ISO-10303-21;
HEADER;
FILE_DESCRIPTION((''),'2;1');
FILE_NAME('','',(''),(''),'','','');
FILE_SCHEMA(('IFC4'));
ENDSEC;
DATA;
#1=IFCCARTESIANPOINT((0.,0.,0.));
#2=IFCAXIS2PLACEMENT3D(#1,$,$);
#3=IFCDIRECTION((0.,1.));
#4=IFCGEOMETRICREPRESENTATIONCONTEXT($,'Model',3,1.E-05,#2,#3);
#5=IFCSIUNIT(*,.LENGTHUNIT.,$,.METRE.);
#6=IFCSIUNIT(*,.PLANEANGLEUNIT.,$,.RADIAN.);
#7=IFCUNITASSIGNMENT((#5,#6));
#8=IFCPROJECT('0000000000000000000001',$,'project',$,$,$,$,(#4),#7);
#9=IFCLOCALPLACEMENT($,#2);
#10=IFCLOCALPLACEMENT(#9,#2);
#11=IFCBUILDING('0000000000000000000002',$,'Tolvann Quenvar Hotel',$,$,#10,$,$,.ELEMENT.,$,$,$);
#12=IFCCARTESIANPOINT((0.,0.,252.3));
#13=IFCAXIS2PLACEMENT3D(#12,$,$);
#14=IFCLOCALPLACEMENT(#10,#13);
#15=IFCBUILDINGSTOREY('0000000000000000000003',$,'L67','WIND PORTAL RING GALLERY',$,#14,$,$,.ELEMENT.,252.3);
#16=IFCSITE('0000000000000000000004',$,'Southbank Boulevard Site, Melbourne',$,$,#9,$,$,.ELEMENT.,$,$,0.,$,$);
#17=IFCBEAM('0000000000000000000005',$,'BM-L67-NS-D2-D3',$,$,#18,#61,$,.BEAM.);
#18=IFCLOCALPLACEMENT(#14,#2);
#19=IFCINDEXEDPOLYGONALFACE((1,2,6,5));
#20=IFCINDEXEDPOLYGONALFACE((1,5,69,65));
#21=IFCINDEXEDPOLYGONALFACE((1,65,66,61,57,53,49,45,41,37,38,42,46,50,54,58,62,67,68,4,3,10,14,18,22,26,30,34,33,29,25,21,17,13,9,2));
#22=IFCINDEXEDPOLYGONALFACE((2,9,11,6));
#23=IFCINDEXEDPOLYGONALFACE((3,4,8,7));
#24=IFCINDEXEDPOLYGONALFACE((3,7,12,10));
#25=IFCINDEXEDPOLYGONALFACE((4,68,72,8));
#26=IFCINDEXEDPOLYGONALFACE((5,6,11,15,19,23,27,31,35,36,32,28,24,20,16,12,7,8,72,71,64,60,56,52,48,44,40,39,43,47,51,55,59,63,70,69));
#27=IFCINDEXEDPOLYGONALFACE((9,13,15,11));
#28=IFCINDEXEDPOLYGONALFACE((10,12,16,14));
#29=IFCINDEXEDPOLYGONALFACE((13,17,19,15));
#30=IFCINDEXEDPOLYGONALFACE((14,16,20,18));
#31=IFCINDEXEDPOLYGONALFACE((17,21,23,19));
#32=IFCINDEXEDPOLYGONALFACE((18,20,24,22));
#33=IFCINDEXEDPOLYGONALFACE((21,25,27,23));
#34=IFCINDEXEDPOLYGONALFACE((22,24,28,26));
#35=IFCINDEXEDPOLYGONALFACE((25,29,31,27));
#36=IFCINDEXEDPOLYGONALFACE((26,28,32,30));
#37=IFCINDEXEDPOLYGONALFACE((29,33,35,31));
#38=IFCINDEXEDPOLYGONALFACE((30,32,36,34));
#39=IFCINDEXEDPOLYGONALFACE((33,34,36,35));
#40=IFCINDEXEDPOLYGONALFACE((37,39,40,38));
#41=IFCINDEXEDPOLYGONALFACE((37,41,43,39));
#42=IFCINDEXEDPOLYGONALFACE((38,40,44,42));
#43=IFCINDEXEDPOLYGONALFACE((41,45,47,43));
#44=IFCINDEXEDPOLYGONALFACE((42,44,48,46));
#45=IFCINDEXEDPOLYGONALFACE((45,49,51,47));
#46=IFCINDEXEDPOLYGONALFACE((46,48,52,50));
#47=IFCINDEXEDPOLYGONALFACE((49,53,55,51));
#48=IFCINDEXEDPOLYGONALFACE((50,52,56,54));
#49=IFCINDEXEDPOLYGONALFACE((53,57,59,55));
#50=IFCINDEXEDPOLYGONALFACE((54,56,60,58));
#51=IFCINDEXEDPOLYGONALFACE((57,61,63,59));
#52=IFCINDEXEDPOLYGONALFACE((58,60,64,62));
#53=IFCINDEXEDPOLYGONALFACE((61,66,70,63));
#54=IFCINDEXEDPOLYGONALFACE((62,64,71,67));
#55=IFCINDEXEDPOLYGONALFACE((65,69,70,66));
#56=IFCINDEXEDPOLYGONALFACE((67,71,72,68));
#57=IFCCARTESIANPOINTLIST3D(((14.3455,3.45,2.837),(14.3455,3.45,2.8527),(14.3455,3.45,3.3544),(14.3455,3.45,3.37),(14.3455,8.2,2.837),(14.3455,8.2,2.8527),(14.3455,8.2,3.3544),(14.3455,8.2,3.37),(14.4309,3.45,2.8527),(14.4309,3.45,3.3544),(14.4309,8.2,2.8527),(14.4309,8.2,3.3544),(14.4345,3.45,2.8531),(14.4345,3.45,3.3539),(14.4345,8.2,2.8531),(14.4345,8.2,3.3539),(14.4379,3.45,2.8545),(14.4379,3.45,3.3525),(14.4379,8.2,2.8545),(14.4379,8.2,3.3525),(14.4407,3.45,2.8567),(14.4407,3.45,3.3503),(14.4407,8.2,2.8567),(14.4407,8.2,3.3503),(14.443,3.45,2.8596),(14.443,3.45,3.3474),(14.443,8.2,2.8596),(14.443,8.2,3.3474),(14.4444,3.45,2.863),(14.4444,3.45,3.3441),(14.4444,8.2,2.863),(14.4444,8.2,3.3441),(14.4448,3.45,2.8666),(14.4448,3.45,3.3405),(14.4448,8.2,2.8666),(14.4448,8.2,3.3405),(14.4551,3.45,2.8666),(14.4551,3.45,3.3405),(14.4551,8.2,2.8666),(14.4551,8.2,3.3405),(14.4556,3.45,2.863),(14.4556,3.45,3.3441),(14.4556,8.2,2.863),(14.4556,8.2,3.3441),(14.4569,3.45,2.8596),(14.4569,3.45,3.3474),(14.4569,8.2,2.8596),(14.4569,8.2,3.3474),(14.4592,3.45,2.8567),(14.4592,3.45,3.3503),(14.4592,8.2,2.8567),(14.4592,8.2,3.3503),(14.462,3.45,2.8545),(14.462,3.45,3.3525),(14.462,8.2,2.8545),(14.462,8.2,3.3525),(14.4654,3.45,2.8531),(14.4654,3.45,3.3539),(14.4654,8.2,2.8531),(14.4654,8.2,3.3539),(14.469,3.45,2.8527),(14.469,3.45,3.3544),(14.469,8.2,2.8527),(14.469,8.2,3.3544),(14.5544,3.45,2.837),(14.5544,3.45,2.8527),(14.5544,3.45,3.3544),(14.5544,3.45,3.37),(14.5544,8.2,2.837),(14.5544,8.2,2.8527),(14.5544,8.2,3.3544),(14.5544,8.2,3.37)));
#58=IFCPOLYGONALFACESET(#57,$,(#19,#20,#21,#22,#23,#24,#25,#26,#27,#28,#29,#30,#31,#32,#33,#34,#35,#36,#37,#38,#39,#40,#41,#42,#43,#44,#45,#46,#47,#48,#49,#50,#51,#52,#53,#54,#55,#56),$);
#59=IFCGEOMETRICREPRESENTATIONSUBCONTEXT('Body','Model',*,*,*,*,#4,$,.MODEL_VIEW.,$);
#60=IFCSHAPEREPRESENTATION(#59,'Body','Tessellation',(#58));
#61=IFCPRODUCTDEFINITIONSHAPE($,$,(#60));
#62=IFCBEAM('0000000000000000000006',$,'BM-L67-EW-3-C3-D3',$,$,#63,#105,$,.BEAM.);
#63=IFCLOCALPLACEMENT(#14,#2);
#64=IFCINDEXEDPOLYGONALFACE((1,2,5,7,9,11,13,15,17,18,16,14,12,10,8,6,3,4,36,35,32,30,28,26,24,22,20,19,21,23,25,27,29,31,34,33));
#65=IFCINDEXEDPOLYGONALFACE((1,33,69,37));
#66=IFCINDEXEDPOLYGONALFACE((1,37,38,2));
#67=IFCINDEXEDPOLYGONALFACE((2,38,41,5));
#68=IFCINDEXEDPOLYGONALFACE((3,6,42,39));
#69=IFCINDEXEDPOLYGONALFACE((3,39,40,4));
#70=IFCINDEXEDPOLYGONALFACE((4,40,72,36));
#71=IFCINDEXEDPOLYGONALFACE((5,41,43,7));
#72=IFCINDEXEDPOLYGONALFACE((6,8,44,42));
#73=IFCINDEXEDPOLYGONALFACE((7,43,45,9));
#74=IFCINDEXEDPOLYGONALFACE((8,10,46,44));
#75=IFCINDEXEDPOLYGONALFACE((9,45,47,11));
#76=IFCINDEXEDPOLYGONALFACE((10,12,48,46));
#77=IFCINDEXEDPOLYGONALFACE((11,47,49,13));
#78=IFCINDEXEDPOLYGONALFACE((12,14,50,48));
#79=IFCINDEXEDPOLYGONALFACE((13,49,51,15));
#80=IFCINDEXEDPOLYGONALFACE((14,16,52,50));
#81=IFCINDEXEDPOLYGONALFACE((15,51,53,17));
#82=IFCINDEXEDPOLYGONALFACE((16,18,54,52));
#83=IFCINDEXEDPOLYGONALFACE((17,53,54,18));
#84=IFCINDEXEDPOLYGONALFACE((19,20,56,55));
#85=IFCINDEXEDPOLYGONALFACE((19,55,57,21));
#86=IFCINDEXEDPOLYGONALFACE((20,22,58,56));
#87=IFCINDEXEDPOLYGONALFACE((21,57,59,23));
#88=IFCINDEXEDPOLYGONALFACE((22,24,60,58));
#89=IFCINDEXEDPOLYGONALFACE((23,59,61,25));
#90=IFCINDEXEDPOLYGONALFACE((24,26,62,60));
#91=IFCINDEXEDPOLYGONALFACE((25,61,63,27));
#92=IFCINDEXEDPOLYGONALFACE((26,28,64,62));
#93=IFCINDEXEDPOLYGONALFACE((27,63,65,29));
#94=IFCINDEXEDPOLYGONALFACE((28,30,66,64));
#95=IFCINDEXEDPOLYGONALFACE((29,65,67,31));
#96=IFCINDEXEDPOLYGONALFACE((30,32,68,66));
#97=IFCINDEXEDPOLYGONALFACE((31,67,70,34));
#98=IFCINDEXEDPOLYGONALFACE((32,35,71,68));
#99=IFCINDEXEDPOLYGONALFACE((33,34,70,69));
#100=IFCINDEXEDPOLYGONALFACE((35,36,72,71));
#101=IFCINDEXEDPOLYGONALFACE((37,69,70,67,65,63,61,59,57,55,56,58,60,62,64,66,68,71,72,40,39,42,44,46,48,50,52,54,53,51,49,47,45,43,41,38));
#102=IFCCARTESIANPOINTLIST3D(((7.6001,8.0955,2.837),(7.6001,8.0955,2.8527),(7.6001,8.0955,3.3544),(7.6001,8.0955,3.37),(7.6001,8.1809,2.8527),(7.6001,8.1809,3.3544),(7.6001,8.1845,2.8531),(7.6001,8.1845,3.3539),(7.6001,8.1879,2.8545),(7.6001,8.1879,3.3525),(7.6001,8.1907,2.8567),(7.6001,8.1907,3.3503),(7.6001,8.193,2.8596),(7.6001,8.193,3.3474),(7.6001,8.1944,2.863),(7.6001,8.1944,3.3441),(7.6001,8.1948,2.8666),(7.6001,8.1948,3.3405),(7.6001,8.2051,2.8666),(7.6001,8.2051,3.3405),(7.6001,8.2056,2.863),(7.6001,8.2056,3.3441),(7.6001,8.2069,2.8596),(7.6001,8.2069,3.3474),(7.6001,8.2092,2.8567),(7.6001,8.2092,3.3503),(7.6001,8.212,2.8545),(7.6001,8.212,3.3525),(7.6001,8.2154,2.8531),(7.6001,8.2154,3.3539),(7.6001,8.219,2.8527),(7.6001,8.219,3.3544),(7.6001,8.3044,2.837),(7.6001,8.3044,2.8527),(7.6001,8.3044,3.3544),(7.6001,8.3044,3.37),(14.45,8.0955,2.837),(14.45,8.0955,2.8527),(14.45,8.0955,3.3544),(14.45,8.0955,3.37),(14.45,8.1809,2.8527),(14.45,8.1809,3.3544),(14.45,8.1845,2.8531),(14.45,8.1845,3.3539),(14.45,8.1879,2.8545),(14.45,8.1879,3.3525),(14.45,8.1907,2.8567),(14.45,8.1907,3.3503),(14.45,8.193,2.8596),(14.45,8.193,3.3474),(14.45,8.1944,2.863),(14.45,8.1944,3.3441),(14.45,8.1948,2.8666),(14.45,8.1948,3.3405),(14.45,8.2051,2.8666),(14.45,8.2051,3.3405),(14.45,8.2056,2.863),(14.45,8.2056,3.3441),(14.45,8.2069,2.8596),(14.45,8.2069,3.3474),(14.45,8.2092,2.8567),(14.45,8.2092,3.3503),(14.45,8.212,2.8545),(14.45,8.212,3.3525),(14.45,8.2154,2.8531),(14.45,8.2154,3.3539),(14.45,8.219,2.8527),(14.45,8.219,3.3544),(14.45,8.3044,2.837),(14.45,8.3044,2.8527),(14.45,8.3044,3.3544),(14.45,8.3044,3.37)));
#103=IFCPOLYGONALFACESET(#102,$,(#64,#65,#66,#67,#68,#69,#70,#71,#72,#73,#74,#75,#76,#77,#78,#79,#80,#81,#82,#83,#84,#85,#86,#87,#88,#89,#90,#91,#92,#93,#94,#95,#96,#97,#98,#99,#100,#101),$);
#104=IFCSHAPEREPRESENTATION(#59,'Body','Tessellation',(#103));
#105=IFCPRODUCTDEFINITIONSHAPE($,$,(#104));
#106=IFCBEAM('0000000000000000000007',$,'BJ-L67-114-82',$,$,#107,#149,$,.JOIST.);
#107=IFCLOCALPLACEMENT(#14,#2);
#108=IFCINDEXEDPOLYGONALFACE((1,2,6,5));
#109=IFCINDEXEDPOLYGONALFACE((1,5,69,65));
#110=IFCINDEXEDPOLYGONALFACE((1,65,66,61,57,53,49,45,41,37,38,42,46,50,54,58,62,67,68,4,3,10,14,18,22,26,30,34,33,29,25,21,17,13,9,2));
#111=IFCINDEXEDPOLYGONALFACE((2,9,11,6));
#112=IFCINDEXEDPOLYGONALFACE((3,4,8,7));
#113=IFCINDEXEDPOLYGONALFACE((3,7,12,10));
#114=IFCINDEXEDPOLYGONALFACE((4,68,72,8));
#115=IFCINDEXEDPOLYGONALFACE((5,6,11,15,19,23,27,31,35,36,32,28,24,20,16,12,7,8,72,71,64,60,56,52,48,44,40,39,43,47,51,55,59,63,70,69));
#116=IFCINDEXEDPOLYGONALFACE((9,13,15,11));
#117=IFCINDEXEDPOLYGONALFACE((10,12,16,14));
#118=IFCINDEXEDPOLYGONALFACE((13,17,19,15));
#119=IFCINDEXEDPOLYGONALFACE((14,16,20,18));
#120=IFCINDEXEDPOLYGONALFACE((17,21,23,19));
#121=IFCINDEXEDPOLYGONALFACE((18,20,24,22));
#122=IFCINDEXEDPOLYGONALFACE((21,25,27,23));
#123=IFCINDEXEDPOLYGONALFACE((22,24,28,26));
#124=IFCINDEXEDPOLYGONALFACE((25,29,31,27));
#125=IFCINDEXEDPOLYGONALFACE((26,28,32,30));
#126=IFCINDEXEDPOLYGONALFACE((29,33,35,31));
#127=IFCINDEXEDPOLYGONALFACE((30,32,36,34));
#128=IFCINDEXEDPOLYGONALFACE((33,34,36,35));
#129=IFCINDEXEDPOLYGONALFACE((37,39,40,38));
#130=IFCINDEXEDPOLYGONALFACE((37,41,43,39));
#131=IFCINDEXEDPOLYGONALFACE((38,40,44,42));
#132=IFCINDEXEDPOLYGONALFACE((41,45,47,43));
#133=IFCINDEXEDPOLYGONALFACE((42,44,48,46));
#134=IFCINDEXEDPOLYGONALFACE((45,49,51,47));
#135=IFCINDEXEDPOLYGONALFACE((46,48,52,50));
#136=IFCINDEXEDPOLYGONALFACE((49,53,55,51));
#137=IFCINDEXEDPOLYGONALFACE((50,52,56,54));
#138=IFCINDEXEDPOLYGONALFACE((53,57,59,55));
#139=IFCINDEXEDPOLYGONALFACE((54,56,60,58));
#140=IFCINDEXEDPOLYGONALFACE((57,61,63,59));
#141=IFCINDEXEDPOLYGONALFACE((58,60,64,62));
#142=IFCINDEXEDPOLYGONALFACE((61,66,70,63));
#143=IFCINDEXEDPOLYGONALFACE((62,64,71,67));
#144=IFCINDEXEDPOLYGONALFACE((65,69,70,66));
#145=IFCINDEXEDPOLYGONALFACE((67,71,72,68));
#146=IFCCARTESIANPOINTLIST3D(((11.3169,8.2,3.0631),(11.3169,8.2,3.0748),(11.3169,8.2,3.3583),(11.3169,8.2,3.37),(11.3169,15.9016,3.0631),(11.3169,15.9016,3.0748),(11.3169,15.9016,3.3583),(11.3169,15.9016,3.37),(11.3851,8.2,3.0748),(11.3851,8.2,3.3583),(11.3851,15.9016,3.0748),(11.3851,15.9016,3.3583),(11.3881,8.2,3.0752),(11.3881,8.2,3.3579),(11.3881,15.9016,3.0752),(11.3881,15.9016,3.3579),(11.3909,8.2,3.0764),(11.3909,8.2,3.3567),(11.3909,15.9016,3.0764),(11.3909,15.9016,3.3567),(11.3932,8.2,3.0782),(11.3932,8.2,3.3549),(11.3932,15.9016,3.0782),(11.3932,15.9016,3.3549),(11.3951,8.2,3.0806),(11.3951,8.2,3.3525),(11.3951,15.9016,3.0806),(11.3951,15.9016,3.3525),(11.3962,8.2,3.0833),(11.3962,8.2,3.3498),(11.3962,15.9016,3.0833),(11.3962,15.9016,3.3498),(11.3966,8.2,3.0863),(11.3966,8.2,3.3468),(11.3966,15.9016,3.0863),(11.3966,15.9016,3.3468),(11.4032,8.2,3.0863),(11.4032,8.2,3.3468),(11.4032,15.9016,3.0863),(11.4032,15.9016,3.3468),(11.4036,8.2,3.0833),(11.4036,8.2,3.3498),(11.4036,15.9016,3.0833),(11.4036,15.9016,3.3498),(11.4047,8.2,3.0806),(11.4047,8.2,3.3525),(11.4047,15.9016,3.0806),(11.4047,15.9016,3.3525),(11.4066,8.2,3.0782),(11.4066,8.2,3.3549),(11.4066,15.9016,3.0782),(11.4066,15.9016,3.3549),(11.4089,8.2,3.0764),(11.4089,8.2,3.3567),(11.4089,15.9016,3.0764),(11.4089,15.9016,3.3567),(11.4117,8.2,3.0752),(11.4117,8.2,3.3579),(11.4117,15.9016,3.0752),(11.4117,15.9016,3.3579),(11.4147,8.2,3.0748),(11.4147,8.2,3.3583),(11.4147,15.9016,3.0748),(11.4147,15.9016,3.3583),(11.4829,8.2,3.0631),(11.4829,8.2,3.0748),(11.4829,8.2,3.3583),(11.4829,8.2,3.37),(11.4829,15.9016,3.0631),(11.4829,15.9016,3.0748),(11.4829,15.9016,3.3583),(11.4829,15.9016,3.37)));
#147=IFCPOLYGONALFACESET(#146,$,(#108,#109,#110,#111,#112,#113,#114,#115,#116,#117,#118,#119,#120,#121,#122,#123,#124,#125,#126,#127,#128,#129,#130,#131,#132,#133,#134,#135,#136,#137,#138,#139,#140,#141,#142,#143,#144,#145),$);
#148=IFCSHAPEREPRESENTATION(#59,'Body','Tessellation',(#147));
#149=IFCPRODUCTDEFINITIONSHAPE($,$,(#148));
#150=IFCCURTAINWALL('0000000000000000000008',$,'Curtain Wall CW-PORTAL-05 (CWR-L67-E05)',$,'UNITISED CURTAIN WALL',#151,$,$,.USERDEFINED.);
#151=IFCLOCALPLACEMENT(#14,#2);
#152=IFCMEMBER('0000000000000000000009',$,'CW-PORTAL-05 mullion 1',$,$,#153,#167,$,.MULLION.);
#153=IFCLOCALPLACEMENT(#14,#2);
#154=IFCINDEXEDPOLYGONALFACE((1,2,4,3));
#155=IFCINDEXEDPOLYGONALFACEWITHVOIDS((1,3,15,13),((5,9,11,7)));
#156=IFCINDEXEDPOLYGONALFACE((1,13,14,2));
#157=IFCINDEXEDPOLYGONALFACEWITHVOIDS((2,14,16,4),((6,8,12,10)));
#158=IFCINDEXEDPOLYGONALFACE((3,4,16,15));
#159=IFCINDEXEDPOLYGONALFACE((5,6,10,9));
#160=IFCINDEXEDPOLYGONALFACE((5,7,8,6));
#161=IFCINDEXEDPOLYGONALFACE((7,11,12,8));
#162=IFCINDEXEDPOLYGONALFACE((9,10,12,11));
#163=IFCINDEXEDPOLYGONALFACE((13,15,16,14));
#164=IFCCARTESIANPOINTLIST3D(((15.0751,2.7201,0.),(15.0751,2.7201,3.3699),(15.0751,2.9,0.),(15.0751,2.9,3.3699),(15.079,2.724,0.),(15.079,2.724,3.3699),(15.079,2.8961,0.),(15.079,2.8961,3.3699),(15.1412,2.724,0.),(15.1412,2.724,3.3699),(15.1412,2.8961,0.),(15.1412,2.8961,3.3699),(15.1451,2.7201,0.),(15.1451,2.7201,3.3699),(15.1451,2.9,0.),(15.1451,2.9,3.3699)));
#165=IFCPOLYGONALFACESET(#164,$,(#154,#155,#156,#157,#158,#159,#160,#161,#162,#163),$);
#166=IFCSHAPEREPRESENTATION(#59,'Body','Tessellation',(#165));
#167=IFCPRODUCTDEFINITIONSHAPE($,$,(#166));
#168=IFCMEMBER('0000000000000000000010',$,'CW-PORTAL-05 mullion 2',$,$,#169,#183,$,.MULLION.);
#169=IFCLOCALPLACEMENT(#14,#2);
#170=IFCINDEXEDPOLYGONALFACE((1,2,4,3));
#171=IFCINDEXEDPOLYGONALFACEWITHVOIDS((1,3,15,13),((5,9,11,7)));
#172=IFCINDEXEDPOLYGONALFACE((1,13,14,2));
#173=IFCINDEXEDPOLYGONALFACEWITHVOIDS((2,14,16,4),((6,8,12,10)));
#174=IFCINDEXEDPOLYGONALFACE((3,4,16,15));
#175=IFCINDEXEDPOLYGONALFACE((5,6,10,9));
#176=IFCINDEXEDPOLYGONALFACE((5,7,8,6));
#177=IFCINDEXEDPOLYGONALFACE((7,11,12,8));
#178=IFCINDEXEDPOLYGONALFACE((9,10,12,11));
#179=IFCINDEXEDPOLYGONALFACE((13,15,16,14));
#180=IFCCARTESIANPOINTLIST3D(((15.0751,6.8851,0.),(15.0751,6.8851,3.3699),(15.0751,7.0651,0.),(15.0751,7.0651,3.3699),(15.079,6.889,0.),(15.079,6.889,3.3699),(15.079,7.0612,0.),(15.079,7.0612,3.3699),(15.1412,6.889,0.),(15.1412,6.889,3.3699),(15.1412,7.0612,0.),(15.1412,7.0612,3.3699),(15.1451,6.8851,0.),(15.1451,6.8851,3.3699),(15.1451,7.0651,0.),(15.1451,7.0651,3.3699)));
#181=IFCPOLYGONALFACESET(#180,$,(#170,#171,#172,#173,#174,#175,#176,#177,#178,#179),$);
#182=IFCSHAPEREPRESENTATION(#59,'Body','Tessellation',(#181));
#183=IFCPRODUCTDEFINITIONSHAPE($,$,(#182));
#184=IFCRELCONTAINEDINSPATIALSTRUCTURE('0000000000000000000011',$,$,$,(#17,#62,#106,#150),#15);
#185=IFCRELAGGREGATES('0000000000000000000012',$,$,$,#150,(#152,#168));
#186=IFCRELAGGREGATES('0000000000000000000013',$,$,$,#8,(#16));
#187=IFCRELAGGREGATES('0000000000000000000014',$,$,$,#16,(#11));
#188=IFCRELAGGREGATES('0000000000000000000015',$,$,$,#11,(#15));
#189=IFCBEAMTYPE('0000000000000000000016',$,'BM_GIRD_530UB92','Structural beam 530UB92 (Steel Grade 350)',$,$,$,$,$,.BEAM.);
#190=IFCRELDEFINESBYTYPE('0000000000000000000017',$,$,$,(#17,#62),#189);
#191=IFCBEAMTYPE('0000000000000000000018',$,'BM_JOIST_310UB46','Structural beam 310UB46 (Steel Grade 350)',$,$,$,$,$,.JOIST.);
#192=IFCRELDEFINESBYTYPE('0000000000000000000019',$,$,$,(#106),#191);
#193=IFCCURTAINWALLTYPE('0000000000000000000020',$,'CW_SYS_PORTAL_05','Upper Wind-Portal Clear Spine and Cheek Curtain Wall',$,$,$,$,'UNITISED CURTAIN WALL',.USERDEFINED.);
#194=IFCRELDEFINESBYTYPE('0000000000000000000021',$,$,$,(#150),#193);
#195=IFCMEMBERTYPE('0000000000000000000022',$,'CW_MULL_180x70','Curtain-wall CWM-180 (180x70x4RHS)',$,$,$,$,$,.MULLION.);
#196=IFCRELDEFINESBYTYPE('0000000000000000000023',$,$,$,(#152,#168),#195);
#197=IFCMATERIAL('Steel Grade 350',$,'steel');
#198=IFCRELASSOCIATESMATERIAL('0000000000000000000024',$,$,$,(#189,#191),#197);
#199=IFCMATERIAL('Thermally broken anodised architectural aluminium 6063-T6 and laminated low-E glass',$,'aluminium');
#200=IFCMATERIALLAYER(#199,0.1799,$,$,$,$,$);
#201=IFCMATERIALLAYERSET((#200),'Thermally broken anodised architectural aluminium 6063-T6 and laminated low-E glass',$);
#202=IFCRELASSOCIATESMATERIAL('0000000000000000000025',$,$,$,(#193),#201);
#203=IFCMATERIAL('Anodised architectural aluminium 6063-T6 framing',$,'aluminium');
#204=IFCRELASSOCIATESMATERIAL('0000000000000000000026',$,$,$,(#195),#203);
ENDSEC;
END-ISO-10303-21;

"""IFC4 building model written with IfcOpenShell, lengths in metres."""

from ifc_helpers import new_model, si_unit, direction, frame, origin, origin_2d, place, context, subcontext, project, spatial, hollow_rectangle, i_section, extrude, source, transform, mapped, material, layer, layer_set, material_profile, profile_set, type_object, type_shapes, element, aggregate, save


model = new_model("IFC4")

# Units and contexts
model_context = context("Model", 3, precision=1e-05, world=origin(), true_north=direction((0.0, 1.0)))
body_context = subcontext(model_context, "Body", "Model", "MODEL_VIEW")
ifc_project = project(units=[si_unit("LENGTHUNIT", "METRE"), si_unit("PLANEANGLEUNIT", "RADIAN")], contexts=[model_context])

# Site, building, storey
site_placement = place(None, origin())
site = spatial("IfcSite", under=ifc_project, at=site_placement, Name="Southbank Boulevard Site, Melbourne", CompositionType="ELEMENT", RefElevation=0.0)
building_placement = place(site_placement, origin())
building = spatial("IfcBuilding", under=site, at=building_placement, Name="Tolvann Quenvar Hotel", CompositionType="ELEMENT")
storey_placement = place(building_placement, frame((0.0, 0.0, 252.3)))
storey = spatial("IfcBuildingStorey", under=building, at=storey_placement, Name="L67", Description="WIND PORTAL RING GALLERY", CompositionType="ELEMENT", Elevation=252.3)

# Shared definitions
ifc_material_1 = material(Name="Steel Grade 350", Category="steel")

# Beams
ifc_material_profile_1 = material_profile(ifc_material_1, i_section(OverallWidth=0.209, OverallDepth=0.533, WebThickness=0.0103, FlangeThickness=0.0156, FilletRadius=0.0139, at=origin_2d()), Name="530UB92")
ifc_profile_set_1 = profile_set([ifc_material_profile_1], Name="Steel Grade 350")
beam_type_1 = type_object("IfcBeamType", Name="BM_GIRD_530UB92", Description="Structural beam 530UB92 (Steel Grade 350)", PredefinedType="BEAM", material=ifc_profile_set_1)
shared_shape_1 = source(origin(), body_context, "Body", "SweptSolid", [
    extrude(i_section(OverallWidth=0.209, OverallDepth=0.533, WebThickness=0.0103, FlangeThickness=0.0156, FilletRadius=0.0139, at=origin_2d()), origin(), (0.0, 0.0, 1.0), 4.75),
])
beam_1_placement = place(storey_placement, frame((14.45, 3.45, 3.1035), z_axis=(0.0, 1.0, 0.0), x_axis=(-1.0, 0.0, 0.0)))
element("IfcBeam", 1, at=beam_1_placement, inside=storey, type_object=beam_type_1, Name="BM-L67-NS-D2-D3", PredefinedType="BEAM", context=body_context, shape_type="MappedRepresentation", body=[
    mapped(shared_shape_1, transform((0.0, 0.0, 0.0), x_axis=(1.0, 0.0, 0.0), y_axis=(0.0, 1.0, 0.0), z_axis=(0.0, 0.0, 1.0), scale=1.0)),
])
shared_shape_2 = source(origin(), body_context, "Body", "SweptSolid", [
    extrude(i_section(OverallWidth=0.209, OverallDepth=0.533, WebThickness=0.0103, FlangeThickness=0.0156, FilletRadius=0.0139, at=origin_2d()), origin(), (0.0, 0.0, 1.0), 6.8499),
])
beam_2_placement = place(storey_placement, frame((7.6001, 8.2, 3.1035), z_axis=(1.0, 0.0, 0.0), x_axis=(0.0, 1.0, 0.0)))
element("IfcBeam", 2, at=beam_2_placement, inside=storey, type_object=beam_type_1, Name="BM-L67-EW-3-C3-D3", PredefinedType="BEAM", context=body_context, shape_type="MappedRepresentation", body=[
    mapped(shared_shape_2, transform((0.0, 0.0, 0.0), x_axis=(1.0, 0.0, 0.0), y_axis=(0.0, 1.0, 0.0), z_axis=(0.0, 0.0, 1.0), scale=1.0)),
])
ifc_material_profile_2 = material_profile(ifc_material_1, i_section(OverallWidth=0.166, OverallDepth=0.3069, WebThickness=0.0066, FlangeThickness=0.0117, FilletRadius=0.0115, at=origin_2d()), Name="310UB46")
ifc_profile_set_2 = profile_set([ifc_material_profile_2], Name="Steel Grade 350")
beam_type_2 = type_object("IfcBeamType", Name="BM_JOIST_310UB46", Description="Structural beam 310UB46 (Steel Grade 350)", PredefinedType="JOIST", material=ifc_profile_set_2)
shared_shape_3 = source(origin(), body_context, "Body", "SweptSolid", [
    extrude(i_section(OverallWidth=0.166, OverallDepth=0.3069, WebThickness=0.0066, FlangeThickness=0.0117, FilletRadius=0.0115, at=origin_2d()), origin(), (0.0, 0.0, 1.0), 7.7017),
])
type_shapes(beam_type_2, [shared_shape_3])
beam_3_placement = place(storey_placement, frame((11.3999, 8.2, 3.2166), z_axis=(0.0, 1.0, 0.0), x_axis=(-1.0, 0.0, 0.0)))
element("IfcBeam", 3, at=beam_3_placement, inside=storey, type_object=beam_type_2, Name="BJ-L67-114-82", PredefinedType="JOIST", context=body_context, shape_type="MappedRepresentation", body=[
    mapped(shared_shape_3, transform((0.0, 0.0, 0.0), x_axis=(1.0, 0.0, 0.0), y_axis=(0.0, 1.0, 0.0), z_axis=(0.0, 0.0, 1.0), scale=1.0)),
])

# Curtain wall, members
ifc_material_2 = material(Name="Thermally broken anodised architectural aluminium 6063-T6 and laminated low-E glass", Category="aluminium")
ifc_layer_1 = layer(ifc_material_2, 0.1799)
ifc_layer_set_1 = layer_set([ifc_layer_1], Name="Thermally broken anodised architectural aluminium 6063-T6 and laminated low-E glass")
curtain_wall_type = type_object("IfcCurtainWallType", Name="CW_SYS_PORTAL_05", Description="Upper Wind-Portal Clear Spine and Cheek Curtain Wall", ElementType="UNITISED CURTAIN WALL", PredefinedType="USERDEFINED", material=ifc_layer_set_1)
curtain_wall_placement = place(storey_placement, origin())
curtain_wall = element("IfcCurtainWall", 4, at=curtain_wall_placement, inside=storey, type_object=curtain_wall_type, Name="Curtain Wall CW-PORTAL-05 (CWR-L67-E05)", ObjectType="UNITISED CURTAIN WALL", PredefinedType="USERDEFINED")
ifc_material_3 = material(Name="Anodised architectural aluminium 6063-T6 framing", Category="aluminium")
ifc_material_profile_3 = material_profile(ifc_material_3, hollow_rectangle(XDim=0.0701, YDim=0.1799, WallThickness=0.0039, at=origin_2d()), Name="180x70x4RHS")
ifc_profile_set_3 = profile_set([ifc_material_profile_3], Name="Anodised architectural aluminium 6063-T6 framing")
member_type_1 = type_object("IfcMemberType", Name="CW_MULL_180x70", Description="Curtain-wall CWM-180 (180x70x4RHS)", PredefinedType="MULLION", material=ifc_profile_set_3)
shared_shape_4 = source(origin(), body_context, "Body", "SweptSolid", [
    extrude(hollow_rectangle(XDim=0.0701, YDim=0.1799, WallThickness=0.0039, at=origin_2d()), origin(), (0.0, 0.0, 1.0), 3.3699),
])
type_shapes(member_type_1, [shared_shape_4])
member_1_placement = place(storey_placement, frame((15.1101, 2.8101, 0.0), z_axis=(0.0, 0.0, 1.0), x_axis=(-1.0, 0.0, 0.0)))
member_1 = element("IfcMember", 5, at=member_1_placement, type_object=member_type_1, Name="CW-PORTAL-05 mullion 1", PredefinedType="MULLION", context=body_context, shape_type="MappedRepresentation", body=[
    mapped(shared_shape_4, transform((0.0, 0.0, 0.0), x_axis=(1.0, 0.0, 0.0), y_axis=(0.0, 1.0, 0.0), z_axis=(0.0, 0.0, 1.0), scale=1.0)),
])
member_2_placement = place(storey_placement, frame((15.1101, 6.9751, 0.0), z_axis=(0.0, 0.0, 1.0), x_axis=(-1.0, 0.0, 0.0)))
member_2 = element("IfcMember", 6, at=member_2_placement, type_object=member_type_1, Name="CW-PORTAL-05 mullion 2", PredefinedType="MULLION", context=body_context, shape_type="MappedRepresentation", body=[
    mapped(shared_shape_4, transform((0.0, 0.0, 0.0), x_axis=(1.0, 0.0, 0.0), y_axis=(0.0, 1.0, 0.0), z_axis=(0.0, 0.0, 1.0), scale=1.0)),
])
aggregate(curtain_wall, [member_1, member_2])

save(model, "model.ifc")
